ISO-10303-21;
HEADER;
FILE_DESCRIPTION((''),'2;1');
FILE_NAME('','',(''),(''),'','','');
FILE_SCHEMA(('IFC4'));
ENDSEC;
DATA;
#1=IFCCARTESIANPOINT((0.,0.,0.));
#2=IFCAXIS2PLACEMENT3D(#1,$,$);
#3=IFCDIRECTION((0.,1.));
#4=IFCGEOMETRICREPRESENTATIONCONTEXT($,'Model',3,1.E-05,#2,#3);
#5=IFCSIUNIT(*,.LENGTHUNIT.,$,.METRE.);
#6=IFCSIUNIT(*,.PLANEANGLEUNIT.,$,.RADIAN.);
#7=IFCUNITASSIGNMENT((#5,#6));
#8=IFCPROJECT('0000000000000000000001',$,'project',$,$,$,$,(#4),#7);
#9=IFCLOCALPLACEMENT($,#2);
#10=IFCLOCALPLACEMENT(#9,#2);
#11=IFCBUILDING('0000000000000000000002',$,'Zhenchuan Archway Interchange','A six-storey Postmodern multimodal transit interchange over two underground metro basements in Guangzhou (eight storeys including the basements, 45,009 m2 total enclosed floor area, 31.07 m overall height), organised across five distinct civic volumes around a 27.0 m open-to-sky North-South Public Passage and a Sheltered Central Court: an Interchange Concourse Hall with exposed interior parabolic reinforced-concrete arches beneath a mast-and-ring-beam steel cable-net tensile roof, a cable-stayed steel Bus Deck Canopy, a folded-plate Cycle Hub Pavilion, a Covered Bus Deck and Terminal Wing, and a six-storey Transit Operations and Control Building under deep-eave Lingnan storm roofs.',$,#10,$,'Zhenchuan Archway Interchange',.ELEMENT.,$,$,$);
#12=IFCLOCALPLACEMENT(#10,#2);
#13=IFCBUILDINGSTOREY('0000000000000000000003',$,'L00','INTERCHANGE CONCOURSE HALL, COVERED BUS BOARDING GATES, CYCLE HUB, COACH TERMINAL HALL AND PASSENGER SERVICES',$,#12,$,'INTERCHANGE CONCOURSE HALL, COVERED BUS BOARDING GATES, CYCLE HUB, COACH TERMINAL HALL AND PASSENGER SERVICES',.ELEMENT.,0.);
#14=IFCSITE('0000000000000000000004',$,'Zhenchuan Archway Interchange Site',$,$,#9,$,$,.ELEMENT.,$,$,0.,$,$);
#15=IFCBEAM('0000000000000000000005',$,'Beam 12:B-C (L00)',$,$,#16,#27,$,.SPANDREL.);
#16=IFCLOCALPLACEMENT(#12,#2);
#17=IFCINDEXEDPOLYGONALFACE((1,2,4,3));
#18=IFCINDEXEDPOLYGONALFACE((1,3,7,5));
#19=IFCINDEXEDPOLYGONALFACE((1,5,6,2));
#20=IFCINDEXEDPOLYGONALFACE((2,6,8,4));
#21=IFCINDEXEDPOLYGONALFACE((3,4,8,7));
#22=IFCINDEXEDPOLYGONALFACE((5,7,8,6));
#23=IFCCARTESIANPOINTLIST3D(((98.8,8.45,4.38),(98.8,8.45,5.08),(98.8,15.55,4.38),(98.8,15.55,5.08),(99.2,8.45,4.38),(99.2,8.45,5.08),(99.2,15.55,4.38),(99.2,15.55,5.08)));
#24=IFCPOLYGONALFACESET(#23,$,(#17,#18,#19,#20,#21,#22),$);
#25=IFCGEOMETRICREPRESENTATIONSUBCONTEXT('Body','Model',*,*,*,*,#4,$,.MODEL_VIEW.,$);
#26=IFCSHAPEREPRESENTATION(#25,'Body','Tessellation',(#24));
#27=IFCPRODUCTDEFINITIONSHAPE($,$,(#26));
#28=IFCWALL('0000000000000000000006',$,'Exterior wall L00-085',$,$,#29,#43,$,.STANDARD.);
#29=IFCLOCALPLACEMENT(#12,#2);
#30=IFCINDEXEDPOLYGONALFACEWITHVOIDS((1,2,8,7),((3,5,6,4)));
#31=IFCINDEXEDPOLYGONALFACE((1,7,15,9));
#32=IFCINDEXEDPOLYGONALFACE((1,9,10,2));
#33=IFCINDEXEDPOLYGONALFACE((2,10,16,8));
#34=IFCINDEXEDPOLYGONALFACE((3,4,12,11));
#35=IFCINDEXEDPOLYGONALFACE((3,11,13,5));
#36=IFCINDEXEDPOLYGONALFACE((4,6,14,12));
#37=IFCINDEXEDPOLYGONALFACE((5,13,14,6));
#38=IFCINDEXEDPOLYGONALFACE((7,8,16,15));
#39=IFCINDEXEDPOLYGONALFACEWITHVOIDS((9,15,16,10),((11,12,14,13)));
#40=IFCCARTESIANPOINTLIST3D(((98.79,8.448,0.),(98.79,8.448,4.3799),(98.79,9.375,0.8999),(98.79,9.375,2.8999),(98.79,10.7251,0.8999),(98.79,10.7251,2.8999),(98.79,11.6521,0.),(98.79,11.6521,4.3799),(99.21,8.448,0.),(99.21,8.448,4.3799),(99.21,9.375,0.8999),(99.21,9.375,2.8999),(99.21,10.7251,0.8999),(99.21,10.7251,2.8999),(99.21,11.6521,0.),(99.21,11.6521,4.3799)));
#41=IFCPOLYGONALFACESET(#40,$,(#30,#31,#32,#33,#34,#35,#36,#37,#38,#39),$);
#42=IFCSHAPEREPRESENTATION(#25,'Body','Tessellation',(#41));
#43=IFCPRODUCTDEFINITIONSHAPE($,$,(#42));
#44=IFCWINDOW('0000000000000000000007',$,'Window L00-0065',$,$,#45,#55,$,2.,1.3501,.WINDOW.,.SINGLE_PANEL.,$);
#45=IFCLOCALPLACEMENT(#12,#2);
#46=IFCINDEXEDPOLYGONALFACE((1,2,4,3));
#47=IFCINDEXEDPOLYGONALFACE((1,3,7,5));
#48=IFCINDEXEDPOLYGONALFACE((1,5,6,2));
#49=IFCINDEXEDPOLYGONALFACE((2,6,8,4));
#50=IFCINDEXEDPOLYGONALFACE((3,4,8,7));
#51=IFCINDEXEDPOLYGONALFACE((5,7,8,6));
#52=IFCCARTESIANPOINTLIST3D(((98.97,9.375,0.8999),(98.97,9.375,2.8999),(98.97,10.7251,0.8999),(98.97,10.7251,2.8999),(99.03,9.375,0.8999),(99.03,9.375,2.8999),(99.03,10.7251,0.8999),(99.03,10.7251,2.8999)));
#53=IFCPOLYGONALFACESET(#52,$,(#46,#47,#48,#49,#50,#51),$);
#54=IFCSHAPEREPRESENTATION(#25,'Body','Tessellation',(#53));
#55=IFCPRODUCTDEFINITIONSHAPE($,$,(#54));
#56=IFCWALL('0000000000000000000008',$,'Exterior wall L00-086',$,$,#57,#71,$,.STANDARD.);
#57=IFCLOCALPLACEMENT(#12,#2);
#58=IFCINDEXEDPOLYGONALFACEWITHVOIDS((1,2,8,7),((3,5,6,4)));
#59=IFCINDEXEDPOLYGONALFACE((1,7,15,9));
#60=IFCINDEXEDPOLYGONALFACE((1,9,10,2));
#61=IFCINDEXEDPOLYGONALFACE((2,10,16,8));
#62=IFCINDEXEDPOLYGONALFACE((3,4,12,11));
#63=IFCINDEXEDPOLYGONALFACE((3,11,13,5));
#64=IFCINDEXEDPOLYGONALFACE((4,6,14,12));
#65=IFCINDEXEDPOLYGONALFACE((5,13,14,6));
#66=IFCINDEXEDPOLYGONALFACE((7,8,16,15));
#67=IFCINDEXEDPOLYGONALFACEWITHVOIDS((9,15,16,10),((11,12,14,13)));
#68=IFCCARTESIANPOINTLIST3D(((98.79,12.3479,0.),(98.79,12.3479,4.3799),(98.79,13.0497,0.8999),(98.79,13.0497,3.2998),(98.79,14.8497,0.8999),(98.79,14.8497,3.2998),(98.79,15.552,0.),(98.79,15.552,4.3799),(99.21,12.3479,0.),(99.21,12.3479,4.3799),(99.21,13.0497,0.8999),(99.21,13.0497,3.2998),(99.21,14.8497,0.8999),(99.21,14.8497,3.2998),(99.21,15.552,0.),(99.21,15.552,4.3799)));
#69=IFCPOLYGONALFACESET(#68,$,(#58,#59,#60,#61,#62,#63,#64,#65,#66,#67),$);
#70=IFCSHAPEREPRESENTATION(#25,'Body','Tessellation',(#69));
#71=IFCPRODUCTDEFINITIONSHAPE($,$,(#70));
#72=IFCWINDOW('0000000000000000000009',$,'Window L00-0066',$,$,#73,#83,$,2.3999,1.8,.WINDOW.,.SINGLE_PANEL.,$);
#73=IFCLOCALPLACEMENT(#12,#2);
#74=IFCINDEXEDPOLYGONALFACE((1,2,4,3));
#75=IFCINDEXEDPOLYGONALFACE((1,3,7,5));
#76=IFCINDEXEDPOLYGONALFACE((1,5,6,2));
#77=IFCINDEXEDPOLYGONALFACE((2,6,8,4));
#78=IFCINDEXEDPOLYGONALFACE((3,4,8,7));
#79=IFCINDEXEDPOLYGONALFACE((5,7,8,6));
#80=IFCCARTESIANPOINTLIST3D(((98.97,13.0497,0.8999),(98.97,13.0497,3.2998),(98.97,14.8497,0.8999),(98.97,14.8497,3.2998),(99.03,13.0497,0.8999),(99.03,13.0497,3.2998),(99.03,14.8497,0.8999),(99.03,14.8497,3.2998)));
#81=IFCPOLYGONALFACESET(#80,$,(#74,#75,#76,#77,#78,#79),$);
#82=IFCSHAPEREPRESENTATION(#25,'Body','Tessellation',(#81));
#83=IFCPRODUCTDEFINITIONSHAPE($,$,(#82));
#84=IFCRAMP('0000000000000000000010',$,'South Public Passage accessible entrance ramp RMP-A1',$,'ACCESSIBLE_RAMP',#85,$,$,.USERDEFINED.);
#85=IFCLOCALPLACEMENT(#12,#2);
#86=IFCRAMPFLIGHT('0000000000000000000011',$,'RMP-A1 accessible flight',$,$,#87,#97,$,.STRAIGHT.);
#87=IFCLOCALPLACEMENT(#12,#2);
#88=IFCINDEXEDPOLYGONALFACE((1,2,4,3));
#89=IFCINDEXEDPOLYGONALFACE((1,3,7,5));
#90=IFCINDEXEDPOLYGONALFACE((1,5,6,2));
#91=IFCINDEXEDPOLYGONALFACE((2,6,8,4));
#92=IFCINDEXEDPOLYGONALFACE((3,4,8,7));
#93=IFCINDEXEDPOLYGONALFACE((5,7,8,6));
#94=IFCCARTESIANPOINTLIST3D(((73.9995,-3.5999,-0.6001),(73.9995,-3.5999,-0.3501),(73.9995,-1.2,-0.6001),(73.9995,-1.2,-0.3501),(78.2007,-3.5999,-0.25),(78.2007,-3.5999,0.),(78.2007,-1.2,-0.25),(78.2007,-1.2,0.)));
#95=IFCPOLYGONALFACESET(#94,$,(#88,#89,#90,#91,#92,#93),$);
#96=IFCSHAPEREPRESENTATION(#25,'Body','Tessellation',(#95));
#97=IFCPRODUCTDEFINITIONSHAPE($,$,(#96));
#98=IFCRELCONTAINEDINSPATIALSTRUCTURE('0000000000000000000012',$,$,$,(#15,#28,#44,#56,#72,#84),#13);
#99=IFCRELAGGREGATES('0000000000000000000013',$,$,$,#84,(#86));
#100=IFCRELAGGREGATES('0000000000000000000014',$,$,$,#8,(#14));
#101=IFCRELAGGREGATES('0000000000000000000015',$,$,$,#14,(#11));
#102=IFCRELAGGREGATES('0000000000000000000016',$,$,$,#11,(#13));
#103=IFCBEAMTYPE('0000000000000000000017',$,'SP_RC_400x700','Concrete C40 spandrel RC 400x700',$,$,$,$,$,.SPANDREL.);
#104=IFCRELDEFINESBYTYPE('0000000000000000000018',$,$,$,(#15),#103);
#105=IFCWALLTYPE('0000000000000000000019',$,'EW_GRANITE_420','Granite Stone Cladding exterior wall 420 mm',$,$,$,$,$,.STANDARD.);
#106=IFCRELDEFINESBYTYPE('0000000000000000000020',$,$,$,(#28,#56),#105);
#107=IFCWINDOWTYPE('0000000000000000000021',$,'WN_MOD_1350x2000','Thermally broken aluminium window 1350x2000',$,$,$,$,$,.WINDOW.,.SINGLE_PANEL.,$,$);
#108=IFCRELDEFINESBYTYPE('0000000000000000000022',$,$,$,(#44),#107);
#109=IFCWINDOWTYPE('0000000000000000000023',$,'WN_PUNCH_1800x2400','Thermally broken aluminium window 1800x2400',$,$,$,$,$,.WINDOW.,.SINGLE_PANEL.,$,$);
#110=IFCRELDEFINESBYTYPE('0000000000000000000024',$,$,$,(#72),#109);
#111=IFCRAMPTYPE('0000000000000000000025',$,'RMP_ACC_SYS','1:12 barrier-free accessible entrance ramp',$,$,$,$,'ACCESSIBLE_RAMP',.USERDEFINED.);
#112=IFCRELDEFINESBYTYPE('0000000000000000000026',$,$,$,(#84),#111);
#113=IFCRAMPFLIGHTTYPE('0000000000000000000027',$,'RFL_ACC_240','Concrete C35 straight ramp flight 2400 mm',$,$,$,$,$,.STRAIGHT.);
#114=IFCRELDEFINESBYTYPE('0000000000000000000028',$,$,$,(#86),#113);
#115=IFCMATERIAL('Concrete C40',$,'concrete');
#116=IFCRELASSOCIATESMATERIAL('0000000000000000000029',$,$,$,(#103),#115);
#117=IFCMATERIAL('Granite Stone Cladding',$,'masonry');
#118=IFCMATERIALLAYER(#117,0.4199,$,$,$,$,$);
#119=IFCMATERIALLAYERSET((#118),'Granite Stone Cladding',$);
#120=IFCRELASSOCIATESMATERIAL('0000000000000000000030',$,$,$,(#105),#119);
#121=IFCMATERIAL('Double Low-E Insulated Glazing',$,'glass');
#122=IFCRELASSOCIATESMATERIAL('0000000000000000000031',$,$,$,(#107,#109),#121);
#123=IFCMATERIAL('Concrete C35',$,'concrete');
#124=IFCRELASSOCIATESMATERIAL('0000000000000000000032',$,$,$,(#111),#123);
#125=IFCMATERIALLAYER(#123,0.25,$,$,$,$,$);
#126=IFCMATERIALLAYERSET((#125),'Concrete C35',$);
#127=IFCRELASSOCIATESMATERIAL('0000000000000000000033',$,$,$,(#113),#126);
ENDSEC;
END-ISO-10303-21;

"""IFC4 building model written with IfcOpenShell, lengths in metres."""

from ifc_helpers import new_model, si_unit, direction, frame, frame_2d, origin, origin_2d, place, context, subcontext, project, spatial, polyline, rectangle, outline, extrude, material, layer, layer_set, material_profile, profile_set, type_object, element, fill, aggregate, save


model = new_model("IFC4")

# Units and contexts
model_context = context("Model", 3, precision=1e-05, world=origin(), true_north=direction((0.0, 1.0)))
body_context = subcontext(model_context, "Body", "Model", "MODEL_VIEW")
ifc_project = project(units=[si_unit("LENGTHUNIT", "METRE"), si_unit("PLANEANGLEUNIT", "RADIAN")], contexts=[model_context])

# Site, building, storey
site_placement = place(None, origin())
site = spatial("IfcSite", under=ifc_project, at=site_placement, Name="Zhenchuan Archway Interchange Site", CompositionType="ELEMENT", RefElevation=0.0)
building_placement = place(site_placement, origin())
building = spatial("IfcBuilding", under=site, at=building_placement, Name="Zhenchuan Archway Interchange", Description="A six-storey Postmodern multimodal transit interchange over two underground metro basements in Guangzhou (eight storeys including the basements, 45,009 m2 total enclosed floor area, 31.07 m overall height), organised across five distinct civic volumes around a 27.0 m open-to-sky North-South Public Passage and a Sheltered Central Court: an Interchange Concourse Hall with exposed interior parabolic reinforced-concrete arches beneath a mast-and-ring-beam steel cable-net tensile roof, a cable-stayed steel Bus Deck Canopy, a folded-plate Cycle Hub Pavilion, a Covered Bus Deck and Terminal Wing, and a six-storey Transit Operations and Control Building under deep-eave Lingnan storm roofs.", LongName="Zhenchuan Archway Interchange", CompositionType="ELEMENT")
storey_placement = place(building_placement, origin())
storey = spatial("IfcBuildingStorey", under=building, at=storey_placement, Name="L00", Description="INTERCHANGE CONCOURSE HALL, COVERED BUS BOARDING GATES, CYCLE HUB, COACH TERMINAL HALL AND PASSENGER SERVICES", LongName="INTERCHANGE CONCOURSE HALL, COVERED BUS BOARDING GATES, CYCLE HUB, COACH TERMINAL HALL AND PASSENGER SERVICES", CompositionType="ELEMENT", Elevation=0.0)

# Shared definitions
ifc_material_1 = material(Name="Concrete C40", Category="concrete")

# Shared definitions
ifc_material_2 = material(Name="Concrete C35", Category="concrete")

# Beam
ifc_material_profile_1 = material_profile(ifc_material_1, rectangle(XDim=0.3999, YDim=0.7, at=origin_2d()), Name="RC 400x700")
ifc_profile_set_1 = profile_set([ifc_material_profile_1], Name="Concrete C40")
beam_type = type_object("IfcBeamType", Name="SP_RC_400x700", Description="Concrete C40 spandrel RC 400x700", PredefinedType="SPANDREL", material=ifc_profile_set_1)
beam_placement = place(storey_placement, frame((99.0, 8.45, 4.73), z_axis=(0.0, 1.0, 0.0), x_axis=(-1.0, 0.0, 0.0)))
element("IfcBeam", 1, at=beam_placement, inside=storey, type_object=beam_type, Name="Beam 12:B-C (L00)", PredefinedType="SPANDREL", context=body_context, shape_type="SweptSolid", body=[
    extrude(rectangle(XDim=0.3999, YDim=0.7, at=origin_2d()), origin(), (0.0, 0.0, 1.0), 7.1001),
])

# Walls, openings, windows
ifc_material_3 = material(Name="Granite Stone Cladding", Category="masonry")
ifc_layer_1 = layer(ifc_material_3, 0.4199)
ifc_layer_set_1 = layer_set([ifc_layer_1], Name="Granite Stone Cladding")
wall_type = type_object("IfcWallType", Name="EW_GRANITE_420", Description="Granite Stone Cladding exterior wall 420 mm", PredefinedType="STANDARD", material=ifc_layer_set_1)
wall_1_placement = place(storey_placement, frame((99.0, 8.448, 0.0), z_axis=(0.0, 0.0, 1.0), x_axis=(0.0, 1.0, 0.0)))
wall_1 = element("IfcWall", 2, at=wall_1_placement, inside=storey, type_object=wall_type, Name="Exterior wall L00-085", PredefinedType="STANDARD", context=body_context, shape_type="SweptSolid", body=[
    extrude(rectangle(XDim=3.2041, YDim=0.4199, at=frame_2d((1.6021, 0.0))), origin(), (0.0, 0.0, 1.0), 4.3799),
])
opening_1_placement = place(wall_1_placement, frame((0.927, 0.0, 0.8999)))
opening_1 = element("IfcOpeningElement", 3, at=opening_1_placement, cuts=wall_1, PredefinedType="OPENING", context=body_context, shape_type="SweptSolid", body=[
    extrude(rectangle(XDim=1.3501, YDim=2.0, at=frame_2d((0.675, 1.0))), frame((0.0, 0.2219, 0.0), z_axis=(0.0, -1.0, 0.0), x_axis=(1.0, 0.0, 0.0)), (0.0, 0.0, 1.0), 0.4438),
])
ifc_material_4 = material(Name="Double Low-E Insulated Glazing", Category="glass")
window_type_1 = type_object("IfcWindowType", Name="WN_MOD_1350x2000", Description="Thermally broken aluminium window 1350x2000", PartitioningType="SINGLE_PANEL", PredefinedType="WINDOW", material=ifc_material_4)
window_1_placement = place(opening_1_placement, origin())
window_1 = element("IfcWindow", 4, at=window_1_placement, inside=storey, type_object=window_type_1, Name="Window L00-0065", OverallHeight=2.0, OverallWidth=1.3501, PartitioningType="SINGLE_PANEL", PredefinedType="WINDOW", context=body_context, shape_type="SweptSolid", body=[
    extrude(rectangle(XDim=1.3501, YDim=2.0, at=frame_2d((0.675, 1.0))), frame((0.0, 0.03, 0.0), z_axis=(0.0, -1.0, 0.0), x_axis=(1.0, 0.0, 0.0)), (0.0, 0.0, 1.0), 0.0601),
])
fill(opening_1, window_1)
wall_2_placement = place(storey_placement, frame((99.0, 12.3479, 0.0), z_axis=(0.0, 0.0, 1.0), x_axis=(0.0, 1.0, 0.0)))
wall_2 = element("IfcWall", 5, at=wall_2_placement, inside=storey, type_object=wall_type, Name="Exterior wall L00-086", PredefinedType="STANDARD", context=body_context, shape_type="SweptSolid", body=[
    extrude(rectangle(XDim=3.2041, YDim=0.4199, at=frame_2d((1.6021, 0.0))), origin(), (0.0, 0.0, 1.0), 4.3799),
])
opening_2_placement = place(wall_2_placement, frame((0.7019, 0.0, 0.8999)))
opening_2 = element("IfcOpeningElement", 6, at=opening_2_placement, cuts=wall_2, PredefinedType="OPENING", context=body_context, shape_type="SweptSolid", body=[
    extrude(rectangle(XDim=1.8, YDim=2.3999, at=frame_2d((0.8999, 1.2))), frame((0.0, 0.2219, 0.0), z_axis=(0.0, -1.0, 0.0), x_axis=(1.0, 0.0, 0.0)), (0.0, 0.0, 1.0), 0.4438),
])
window_type_2 = type_object("IfcWindowType", Name="WN_PUNCH_1800x2400", Description="Thermally broken aluminium window 1800x2400", PartitioningType="SINGLE_PANEL", PredefinedType="WINDOW", material=ifc_material_4)
window_2_placement = place(opening_2_placement, origin())
window_2 = element("IfcWindow", 7, at=window_2_placement, inside=storey, type_object=window_type_2, Name="Window L00-0066", OverallHeight=2.3999, OverallWidth=1.8, PartitioningType="SINGLE_PANEL", PredefinedType="WINDOW", context=body_context, shape_type="SweptSolid", body=[
    extrude(rectangle(XDim=1.8, YDim=2.3999, at=frame_2d((0.8999, 1.2))), frame((0.0, 0.03, 0.0), z_axis=(0.0, -1.0, 0.0), x_axis=(1.0, 0.0, 0.0)), (0.0, 0.0, 1.0), 0.0601),
])
fill(opening_2, window_2)

# Ramp, ramp flight
ramp_type = type_object("IfcRampType", Name="RMP_ACC_SYS", Description="1:12 barrier-free accessible entrance ramp", ElementType="ACCESSIBLE_RAMP", PredefinedType="USERDEFINED", material=ifc_material_2)
ramp_placement = place(storey_placement, origin())
ramp = element("IfcRamp", 8, at=ramp_placement, inside=storey, type_object=ramp_type, Name="South Public Passage accessible entrance ramp RMP-A1", ObjectType="ACCESSIBLE_RAMP", PredefinedType="USERDEFINED")
ifc_layer_2 = layer(ifc_material_2, 0.25)
ifc_layer_set_2 = layer_set([ifc_layer_2], Name="Concrete C35")
ramp_flight_type = type_object("IfcRampFlightType", Name="RFL_ACC_240", Description="Concrete C35 straight ramp flight 2400 mm", PredefinedType="STRAIGHT", material=ifc_layer_set_2)
ramp_flight_placement = place(storey_placement, frame((73.9995, -2.3999, -0.3501), z_axis=(0.0, 0.0, 1.0), x_axis=(1.0, 0.0, 0.0)))
ramp_flight = element("IfcRampFlight", 9, at=ramp_flight_placement, type_object=ramp_flight_type, Name="RMP-A1 accessible flight", PredefinedType="STRAIGHT", context=body_context, shape_type="SweptSolid", body=[
    extrude(outline(polyline([(0.0, 0.0), (4.2012, 0.3501), (4.2012, 0.1001), (0.0, -0.25), (0.0, 0.0)])), frame((0.0, 1.2, 0.0), z_axis=(0.0, -1.0, 0.0), x_axis=(1.0, 0.0, 0.0)), (0.0, 0.0, 1.0), 2.3999),
])
aggregate(ramp, [ramp_flight])

save(model, "model.ifc")
